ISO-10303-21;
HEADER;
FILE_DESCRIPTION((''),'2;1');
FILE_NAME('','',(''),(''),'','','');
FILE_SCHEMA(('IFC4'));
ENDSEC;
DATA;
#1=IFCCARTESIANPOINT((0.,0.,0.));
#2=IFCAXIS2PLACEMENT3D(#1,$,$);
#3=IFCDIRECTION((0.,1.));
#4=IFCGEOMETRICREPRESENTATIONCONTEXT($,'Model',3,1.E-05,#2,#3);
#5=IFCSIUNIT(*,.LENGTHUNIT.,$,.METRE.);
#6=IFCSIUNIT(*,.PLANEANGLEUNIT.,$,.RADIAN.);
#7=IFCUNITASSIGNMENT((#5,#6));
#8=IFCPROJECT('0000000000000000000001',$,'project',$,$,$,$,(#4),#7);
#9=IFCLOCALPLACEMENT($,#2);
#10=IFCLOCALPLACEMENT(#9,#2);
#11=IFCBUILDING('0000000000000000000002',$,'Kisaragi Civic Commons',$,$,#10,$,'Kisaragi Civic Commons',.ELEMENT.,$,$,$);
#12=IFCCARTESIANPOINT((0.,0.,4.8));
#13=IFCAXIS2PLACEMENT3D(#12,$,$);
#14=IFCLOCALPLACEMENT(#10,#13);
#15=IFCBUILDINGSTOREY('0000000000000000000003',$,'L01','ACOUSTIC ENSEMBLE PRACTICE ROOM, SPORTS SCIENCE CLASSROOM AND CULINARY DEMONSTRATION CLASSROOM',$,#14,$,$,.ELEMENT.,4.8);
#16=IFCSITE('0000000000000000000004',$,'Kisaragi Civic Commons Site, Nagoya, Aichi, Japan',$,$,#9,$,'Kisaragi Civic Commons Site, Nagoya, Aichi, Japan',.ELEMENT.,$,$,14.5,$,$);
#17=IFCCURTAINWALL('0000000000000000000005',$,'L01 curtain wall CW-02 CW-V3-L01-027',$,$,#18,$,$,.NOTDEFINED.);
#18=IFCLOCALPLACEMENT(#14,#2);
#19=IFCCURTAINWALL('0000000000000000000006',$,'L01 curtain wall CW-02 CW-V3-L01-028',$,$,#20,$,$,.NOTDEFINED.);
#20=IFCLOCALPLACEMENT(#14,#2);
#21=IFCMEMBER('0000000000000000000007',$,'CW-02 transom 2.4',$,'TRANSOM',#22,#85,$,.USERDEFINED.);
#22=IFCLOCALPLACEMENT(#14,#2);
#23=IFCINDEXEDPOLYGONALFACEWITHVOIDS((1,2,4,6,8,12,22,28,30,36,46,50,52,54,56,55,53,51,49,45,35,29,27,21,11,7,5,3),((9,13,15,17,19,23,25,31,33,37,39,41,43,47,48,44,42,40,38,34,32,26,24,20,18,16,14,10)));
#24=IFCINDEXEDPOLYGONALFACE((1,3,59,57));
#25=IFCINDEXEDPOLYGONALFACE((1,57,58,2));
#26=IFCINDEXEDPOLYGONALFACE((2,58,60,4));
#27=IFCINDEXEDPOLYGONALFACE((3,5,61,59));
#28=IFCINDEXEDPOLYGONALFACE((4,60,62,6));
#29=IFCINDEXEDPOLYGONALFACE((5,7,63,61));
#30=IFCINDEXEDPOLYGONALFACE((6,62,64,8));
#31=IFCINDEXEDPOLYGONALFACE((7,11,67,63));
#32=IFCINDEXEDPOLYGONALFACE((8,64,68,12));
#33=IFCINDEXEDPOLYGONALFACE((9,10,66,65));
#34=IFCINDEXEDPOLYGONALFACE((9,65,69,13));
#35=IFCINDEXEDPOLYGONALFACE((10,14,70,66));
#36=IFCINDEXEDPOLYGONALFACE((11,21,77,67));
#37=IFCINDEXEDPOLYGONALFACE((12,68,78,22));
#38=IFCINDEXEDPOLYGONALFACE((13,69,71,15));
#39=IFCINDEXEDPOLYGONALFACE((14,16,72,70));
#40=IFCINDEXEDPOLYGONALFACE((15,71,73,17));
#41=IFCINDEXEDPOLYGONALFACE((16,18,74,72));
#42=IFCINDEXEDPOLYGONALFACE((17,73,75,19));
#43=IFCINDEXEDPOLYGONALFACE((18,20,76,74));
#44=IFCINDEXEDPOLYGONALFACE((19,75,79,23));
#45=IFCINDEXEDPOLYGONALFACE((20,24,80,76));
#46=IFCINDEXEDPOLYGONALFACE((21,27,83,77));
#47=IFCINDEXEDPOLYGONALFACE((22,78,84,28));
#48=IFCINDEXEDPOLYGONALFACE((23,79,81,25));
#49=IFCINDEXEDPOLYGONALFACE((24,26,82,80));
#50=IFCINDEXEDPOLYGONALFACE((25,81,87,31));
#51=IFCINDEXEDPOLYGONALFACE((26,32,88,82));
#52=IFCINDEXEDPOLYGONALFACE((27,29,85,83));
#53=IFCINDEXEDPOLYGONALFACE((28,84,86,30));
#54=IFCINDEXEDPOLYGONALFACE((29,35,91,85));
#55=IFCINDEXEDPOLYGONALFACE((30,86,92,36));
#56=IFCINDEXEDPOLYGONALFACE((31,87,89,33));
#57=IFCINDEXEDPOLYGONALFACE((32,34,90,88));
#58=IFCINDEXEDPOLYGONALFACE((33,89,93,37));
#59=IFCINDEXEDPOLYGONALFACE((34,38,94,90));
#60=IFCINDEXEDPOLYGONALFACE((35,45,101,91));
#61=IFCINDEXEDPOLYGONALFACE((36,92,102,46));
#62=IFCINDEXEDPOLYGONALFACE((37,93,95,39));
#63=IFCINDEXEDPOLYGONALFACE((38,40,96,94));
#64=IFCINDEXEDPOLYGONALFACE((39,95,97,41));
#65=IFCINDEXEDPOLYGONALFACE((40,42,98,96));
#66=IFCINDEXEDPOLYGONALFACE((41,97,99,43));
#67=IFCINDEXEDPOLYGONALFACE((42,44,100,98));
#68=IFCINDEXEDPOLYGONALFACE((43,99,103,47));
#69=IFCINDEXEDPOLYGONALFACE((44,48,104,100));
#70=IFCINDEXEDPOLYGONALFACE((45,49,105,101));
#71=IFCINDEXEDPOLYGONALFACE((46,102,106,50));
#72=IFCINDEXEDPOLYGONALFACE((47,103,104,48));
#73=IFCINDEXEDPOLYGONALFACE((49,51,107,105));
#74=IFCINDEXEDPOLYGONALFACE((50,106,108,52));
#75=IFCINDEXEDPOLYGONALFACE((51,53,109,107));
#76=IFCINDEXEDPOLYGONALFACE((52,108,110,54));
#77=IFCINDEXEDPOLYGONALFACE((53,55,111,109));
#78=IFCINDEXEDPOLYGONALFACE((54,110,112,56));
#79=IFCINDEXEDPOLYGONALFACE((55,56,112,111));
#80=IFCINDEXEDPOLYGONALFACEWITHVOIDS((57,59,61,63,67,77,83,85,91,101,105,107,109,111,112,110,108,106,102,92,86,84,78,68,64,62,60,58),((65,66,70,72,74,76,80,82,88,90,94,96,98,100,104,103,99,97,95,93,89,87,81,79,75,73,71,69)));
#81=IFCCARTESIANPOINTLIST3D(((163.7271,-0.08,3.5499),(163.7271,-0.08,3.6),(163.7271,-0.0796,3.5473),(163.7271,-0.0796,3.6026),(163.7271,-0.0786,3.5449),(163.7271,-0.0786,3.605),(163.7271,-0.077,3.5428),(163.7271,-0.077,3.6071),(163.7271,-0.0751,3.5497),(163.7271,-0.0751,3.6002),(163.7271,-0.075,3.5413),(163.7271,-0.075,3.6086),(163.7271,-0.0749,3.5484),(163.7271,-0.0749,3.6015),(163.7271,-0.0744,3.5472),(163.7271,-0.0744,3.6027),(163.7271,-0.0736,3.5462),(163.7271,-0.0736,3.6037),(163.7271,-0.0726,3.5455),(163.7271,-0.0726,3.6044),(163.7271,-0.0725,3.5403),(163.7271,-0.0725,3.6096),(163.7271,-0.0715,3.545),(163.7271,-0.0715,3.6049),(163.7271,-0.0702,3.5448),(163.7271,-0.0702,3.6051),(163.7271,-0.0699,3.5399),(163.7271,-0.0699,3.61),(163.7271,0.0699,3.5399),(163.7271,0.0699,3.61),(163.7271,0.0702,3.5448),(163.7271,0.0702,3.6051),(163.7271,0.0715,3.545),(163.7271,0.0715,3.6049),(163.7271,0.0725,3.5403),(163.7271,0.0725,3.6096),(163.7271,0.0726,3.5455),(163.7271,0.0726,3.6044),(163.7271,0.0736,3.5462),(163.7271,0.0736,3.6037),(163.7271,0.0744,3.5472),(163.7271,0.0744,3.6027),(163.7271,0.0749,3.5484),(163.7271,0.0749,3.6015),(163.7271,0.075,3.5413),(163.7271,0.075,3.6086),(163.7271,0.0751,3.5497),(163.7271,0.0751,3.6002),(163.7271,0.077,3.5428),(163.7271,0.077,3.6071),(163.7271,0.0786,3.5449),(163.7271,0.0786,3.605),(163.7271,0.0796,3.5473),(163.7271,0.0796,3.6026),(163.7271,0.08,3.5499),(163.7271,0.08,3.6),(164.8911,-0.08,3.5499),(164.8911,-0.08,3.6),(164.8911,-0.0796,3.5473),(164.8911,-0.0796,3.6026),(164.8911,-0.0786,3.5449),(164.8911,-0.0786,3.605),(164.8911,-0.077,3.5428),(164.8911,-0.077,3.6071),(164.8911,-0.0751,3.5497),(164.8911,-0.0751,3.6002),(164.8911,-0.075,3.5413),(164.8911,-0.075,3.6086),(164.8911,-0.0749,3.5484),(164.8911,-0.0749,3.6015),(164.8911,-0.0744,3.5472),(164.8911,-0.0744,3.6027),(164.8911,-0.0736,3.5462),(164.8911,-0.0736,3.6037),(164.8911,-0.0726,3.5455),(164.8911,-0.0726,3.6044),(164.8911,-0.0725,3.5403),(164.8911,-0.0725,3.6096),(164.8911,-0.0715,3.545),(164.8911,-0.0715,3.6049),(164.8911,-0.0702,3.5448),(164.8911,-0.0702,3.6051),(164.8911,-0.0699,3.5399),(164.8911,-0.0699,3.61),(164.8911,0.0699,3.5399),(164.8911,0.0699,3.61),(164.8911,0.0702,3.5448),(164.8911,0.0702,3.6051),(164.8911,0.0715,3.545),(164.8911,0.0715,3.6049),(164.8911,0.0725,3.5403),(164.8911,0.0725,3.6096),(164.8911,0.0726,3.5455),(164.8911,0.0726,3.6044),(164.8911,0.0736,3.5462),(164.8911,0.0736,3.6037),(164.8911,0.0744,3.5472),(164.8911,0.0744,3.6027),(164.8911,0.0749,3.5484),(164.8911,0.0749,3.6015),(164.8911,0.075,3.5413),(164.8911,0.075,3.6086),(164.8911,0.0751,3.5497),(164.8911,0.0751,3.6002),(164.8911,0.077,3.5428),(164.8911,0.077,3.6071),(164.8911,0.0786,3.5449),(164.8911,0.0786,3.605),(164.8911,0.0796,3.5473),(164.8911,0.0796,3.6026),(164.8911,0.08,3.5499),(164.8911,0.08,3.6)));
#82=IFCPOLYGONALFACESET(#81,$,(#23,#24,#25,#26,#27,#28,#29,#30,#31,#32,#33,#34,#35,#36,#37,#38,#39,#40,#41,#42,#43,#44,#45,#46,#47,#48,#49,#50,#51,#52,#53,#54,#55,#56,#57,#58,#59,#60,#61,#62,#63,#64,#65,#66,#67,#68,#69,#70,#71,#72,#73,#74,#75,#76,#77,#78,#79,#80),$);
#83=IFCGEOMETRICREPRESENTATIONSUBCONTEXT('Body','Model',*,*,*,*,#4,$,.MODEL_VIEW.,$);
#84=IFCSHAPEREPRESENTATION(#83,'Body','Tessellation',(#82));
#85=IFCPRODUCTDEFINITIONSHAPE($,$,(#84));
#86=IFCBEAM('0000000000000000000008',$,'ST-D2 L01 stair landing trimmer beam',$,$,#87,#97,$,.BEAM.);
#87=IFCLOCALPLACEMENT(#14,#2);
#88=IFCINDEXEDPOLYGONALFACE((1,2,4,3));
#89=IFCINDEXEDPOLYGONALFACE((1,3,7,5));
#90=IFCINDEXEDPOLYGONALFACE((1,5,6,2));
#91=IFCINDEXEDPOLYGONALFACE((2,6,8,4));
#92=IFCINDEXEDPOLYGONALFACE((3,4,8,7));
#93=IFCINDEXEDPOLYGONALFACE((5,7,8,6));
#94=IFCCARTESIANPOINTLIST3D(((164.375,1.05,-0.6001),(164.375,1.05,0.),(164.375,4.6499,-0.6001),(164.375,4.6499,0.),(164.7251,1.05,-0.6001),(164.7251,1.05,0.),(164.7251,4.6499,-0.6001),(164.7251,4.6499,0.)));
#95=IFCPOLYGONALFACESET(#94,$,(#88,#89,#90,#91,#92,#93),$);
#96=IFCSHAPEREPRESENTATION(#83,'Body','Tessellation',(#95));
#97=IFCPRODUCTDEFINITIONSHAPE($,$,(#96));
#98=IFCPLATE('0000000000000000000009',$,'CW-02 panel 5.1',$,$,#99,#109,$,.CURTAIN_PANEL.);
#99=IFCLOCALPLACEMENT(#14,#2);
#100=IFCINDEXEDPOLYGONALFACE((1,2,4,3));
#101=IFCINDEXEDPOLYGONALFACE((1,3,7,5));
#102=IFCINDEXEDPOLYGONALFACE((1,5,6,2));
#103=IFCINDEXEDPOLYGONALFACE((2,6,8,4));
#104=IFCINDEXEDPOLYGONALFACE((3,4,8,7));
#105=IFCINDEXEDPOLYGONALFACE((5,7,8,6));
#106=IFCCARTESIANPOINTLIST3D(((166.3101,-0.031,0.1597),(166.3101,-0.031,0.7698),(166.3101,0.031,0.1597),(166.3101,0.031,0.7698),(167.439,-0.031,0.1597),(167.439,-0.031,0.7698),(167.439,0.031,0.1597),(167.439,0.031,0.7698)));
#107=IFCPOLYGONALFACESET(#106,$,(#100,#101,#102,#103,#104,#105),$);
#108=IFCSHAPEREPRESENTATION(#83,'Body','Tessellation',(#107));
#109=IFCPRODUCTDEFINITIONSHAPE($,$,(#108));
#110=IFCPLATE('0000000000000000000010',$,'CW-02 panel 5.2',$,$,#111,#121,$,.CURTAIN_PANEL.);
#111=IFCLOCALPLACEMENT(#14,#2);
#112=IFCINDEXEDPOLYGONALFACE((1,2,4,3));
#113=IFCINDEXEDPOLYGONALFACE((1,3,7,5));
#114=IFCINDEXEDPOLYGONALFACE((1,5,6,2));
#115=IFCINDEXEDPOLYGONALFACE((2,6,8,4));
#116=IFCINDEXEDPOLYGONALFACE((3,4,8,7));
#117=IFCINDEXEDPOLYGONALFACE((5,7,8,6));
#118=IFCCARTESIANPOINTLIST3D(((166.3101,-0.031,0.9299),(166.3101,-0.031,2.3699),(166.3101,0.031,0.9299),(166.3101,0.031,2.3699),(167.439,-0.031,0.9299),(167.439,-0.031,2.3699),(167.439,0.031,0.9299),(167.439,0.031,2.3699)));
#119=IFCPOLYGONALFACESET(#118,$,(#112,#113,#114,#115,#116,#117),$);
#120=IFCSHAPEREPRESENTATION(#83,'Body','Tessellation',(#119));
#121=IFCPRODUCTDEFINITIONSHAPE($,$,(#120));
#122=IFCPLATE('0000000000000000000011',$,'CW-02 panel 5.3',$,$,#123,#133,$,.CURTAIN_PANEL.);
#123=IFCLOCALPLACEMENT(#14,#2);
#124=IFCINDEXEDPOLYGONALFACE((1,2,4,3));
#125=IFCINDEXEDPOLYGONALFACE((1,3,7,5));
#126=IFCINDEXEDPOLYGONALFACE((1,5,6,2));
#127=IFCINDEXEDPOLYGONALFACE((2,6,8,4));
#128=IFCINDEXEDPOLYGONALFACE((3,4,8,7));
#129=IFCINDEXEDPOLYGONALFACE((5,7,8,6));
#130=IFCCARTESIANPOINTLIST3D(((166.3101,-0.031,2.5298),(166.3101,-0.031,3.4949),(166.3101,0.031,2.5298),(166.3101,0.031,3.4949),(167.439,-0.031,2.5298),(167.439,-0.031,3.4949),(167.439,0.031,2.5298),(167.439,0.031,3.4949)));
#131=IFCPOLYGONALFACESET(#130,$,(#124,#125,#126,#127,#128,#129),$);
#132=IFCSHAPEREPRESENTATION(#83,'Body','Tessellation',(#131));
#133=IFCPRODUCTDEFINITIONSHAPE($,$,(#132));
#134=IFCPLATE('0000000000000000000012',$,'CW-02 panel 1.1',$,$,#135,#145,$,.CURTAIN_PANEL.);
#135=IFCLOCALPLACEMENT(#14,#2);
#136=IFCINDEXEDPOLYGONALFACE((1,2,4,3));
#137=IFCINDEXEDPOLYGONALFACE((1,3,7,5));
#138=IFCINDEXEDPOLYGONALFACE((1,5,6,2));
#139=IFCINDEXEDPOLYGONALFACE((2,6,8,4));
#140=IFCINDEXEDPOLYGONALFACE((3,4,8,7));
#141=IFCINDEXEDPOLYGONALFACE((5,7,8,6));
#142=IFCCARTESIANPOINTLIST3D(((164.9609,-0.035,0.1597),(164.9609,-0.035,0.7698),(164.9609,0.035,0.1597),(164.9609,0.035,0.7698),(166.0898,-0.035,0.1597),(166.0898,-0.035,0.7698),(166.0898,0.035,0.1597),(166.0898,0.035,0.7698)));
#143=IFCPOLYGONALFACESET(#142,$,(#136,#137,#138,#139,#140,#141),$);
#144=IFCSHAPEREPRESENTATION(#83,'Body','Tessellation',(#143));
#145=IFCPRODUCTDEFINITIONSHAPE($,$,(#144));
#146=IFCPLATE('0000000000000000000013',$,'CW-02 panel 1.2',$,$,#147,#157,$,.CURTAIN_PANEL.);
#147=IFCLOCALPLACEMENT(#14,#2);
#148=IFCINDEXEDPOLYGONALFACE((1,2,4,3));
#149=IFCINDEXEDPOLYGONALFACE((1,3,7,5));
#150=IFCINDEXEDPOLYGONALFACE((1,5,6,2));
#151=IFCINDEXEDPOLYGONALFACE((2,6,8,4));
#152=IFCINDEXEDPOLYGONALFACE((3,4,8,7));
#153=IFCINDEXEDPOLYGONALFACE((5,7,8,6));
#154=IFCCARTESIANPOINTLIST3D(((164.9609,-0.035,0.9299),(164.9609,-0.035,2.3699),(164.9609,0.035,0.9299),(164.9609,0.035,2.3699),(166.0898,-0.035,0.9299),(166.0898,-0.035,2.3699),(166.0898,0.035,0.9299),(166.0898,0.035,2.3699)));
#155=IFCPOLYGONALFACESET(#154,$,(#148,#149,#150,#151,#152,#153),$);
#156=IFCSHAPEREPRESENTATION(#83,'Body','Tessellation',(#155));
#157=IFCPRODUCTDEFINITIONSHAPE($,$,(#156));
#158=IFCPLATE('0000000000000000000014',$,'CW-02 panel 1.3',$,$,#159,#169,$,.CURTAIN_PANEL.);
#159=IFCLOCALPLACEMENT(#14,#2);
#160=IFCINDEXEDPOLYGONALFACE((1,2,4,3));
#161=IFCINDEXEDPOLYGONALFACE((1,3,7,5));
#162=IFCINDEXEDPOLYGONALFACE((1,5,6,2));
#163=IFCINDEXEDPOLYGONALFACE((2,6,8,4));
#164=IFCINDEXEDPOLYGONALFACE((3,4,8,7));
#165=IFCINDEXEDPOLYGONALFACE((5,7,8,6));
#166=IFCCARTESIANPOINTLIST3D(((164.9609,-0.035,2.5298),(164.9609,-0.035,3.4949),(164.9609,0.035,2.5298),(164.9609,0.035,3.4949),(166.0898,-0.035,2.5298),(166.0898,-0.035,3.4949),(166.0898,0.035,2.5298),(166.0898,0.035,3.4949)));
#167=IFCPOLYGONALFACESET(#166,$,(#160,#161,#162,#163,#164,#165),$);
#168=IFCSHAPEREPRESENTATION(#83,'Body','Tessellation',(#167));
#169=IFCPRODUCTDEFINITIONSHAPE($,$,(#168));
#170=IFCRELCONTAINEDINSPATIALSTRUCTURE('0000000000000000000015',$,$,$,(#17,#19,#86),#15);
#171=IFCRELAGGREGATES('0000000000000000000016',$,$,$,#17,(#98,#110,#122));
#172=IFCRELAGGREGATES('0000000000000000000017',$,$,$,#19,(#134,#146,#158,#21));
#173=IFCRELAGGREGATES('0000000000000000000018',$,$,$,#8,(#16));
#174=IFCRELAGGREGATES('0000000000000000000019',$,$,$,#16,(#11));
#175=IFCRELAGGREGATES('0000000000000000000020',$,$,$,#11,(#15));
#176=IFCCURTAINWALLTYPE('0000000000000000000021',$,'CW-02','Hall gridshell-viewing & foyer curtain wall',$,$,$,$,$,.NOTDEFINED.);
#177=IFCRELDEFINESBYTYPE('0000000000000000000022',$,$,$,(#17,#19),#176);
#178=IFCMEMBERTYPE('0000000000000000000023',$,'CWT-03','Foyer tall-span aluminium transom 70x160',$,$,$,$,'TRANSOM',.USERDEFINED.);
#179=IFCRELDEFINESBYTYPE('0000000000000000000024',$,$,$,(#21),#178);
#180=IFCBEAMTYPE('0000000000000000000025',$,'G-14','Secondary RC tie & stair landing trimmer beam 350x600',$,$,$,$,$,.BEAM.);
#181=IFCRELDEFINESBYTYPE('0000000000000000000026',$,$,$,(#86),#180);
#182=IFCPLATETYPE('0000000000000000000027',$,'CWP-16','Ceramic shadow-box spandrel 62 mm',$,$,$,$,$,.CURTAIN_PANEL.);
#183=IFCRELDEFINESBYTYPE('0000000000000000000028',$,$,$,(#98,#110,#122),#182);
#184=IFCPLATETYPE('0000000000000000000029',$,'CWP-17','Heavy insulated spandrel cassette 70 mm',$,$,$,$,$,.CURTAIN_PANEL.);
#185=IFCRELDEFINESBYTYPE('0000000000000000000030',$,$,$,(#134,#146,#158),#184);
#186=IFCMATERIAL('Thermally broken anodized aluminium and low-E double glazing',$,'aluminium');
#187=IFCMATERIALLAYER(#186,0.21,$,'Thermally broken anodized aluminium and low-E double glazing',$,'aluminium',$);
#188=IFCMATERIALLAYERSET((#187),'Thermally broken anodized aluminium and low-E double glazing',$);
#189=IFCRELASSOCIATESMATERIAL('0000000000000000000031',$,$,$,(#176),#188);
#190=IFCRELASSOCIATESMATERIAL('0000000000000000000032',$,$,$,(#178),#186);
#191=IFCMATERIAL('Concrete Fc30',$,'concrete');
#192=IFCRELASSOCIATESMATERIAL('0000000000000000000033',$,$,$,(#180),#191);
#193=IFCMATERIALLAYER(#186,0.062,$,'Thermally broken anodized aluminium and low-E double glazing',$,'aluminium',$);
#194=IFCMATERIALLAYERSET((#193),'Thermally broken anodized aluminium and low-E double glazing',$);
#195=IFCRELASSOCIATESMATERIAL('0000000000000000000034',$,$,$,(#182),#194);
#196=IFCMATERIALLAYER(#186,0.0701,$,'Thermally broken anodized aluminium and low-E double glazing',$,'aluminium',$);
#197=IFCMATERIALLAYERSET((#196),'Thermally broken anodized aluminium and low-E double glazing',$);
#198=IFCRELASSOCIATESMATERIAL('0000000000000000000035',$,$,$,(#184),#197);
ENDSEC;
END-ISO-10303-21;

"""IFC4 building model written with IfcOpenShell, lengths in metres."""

from ifc_helpers import new_model, si_unit, direction, frame, origin, origin_2d, place, context, subcontext, project, spatial, rectangle, hollow_rectangle, extrude, material, layer, layer_set, material_profile, profile_set, type_object, element, aggregate, save


model = new_model("IFC4")

# Units and contexts
model_context = context("Model", 3, precision=1e-05, world=origin(), true_north=direction((0.0, 1.0)))
body_context = subcontext(model_context, "Body", "Model", "MODEL_VIEW")
ifc_project = project(units=[si_unit("LENGTHUNIT", "METRE"), si_unit("PLANEANGLEUNIT", "RADIAN")], contexts=[model_context])

# Site, building, storey
site_placement = place(None, origin())
site = spatial("IfcSite", under=ifc_project, at=site_placement, Name="Kisaragi Civic Commons Site, Nagoya, Aichi, Japan", LongName="Kisaragi Civic Commons Site, Nagoya, Aichi, Japan", CompositionType="ELEMENT", RefElevation=14.5)
building_placement = place(site_placement, origin())
building = spatial("IfcBuilding", under=site, at=building_placement, Name="Kisaragi Civic Commons", LongName="Kisaragi Civic Commons", CompositionType="ELEMENT")
storey_placement = place(building_placement, frame((0.0, 0.0, 4.8)))
storey = spatial("IfcBuildingStorey", under=building, at=storey_placement, Name="L01", Description="ACOUSTIC ENSEMBLE PRACTICE ROOM, SPORTS SCIENCE CLASSROOM AND CULINARY DEMONSTRATION CLASSROOM", CompositionType="ELEMENT", Elevation=4.8)

# Curtain wall
ifc_material_1 = material(Name="Thermally broken anodized aluminium and low-E double glazing", Category="aluminium")
ifc_layer_1 = layer(ifc_material_1, 0.21, Name="Thermally broken anodized aluminium and low-E double glazing", Category="aluminium")
ifc_layer_set_1 = layer_set([ifc_layer_1], Name="Thermally broken anodized aluminium and low-E double glazing")
curtain_wall_type = type_object("IfcCurtainWallType", Name="CW-02", Description="Hall gridshell-viewing & foyer curtain wall", PredefinedType="NOTDEFINED", material=ifc_layer_set_1)
curtain_wall_1_placement = place(storey_placement, origin())
curtain_wall_1 = element("IfcCurtainWall", 1, at=curtain_wall_1_placement, inside=storey, type_object=curtain_wall_type, Name="L01 curtain wall CW-02 CW-V3-L01-027", PredefinedType="NOTDEFINED")

# Curtain wall
curtain_wall_2_placement = place(storey_placement, origin())
curtain_wall_2 = element("IfcCurtainWall", 2, at=curtain_wall_2_placement, inside=storey, type_object=curtain_wall_type, Name="L01 curtain wall CW-02 CW-V3-L01-028", PredefinedType="NOTDEFINED")

# Member
ifc_material_profile_1 = material_profile(ifc_material_1, hollow_rectangle(XDim=0.1599, YDim=0.0701, WallThickness=0.0049, InnerFilletRadius=0.0049, OuterFilletRadius=0.01, at=origin_2d()), Name="CWT-70x160x5", Category="aluminium")
ifc_profile_set_1 = profile_set([ifc_material_profile_1], Name="Thermally broken anodized aluminium and low-E double glazing")
member_type_1 = type_object("IfcMemberType", Name="CWT-03", Description="Foyer tall-span aluminium transom 70x160", ElementType="TRANSOM", PredefinedType="USERDEFINED", material=ifc_profile_set_1)
member_1_placement = place(storey_placement, frame((164.8911, 0.0, 3.575), z_axis=(-1.0, 0.0, 0.0), x_axis=(0.0, -1.0, 0.0)))
member_1 = element("IfcMember", 3, at=member_1_placement, type_object=member_type_1, Name="CW-02 transom 2.4", ObjectType="TRANSOM", PredefinedType="USERDEFINED", context=body_context, shape_type="SweptSolid", body=[
    extrude(hollow_rectangle(XDim=0.1599, YDim=0.0701, WallThickness=0.0049, InnerFilletRadius=0.0049, OuterFilletRadius=0.01, at=origin_2d()), origin(), (0.0, 0.0, 1.0), 1.1641),
])

# Beam
ifc_material_2 = material(Name="Concrete Fc30", Category="concrete")
ifc_material_profile_2 = material_profile(ifc_material_2, rectangle(XDim=0.3501, YDim=0.6001, at=origin_2d()), Name="RC-350x600", Category="concrete")
ifc_profile_set_2 = profile_set([ifc_material_profile_2], Name="Concrete Fc30")
beam_type = type_object("IfcBeamType", Name="G-14", Description="Secondary RC tie & stair landing trimmer beam 350x600", PredefinedType="BEAM", material=ifc_profile_set_2)
beam_placement = place(storey_placement, frame((164.55, 1.05, -0.3), z_axis=(0.0, 1.0, 0.0), x_axis=(-1.0, 0.0, 0.0)))
element("IfcBeam", 4, at=beam_placement, inside=storey, type_object=beam_type, Name="ST-D2 L01 stair landing trimmer beam", PredefinedType="BEAM", context=body_context, shape_type="SweptSolid", body=[
    extrude(rectangle(XDim=0.3501, YDim=0.6001, at=origin_2d()), origin(), (0.0, 0.0, 1.0), 3.5999),
])

# Plates
ifc_layer_2 = layer(ifc_material_1, 0.062, Name="Thermally broken anodized aluminium and low-E double glazing", Category="aluminium")
ifc_layer_set_2 = layer_set([ifc_layer_2], Name="Thermally broken anodized aluminium and low-E double glazing")
plate_type_1 = type_object("IfcPlateType", Name="CWP-16", Description="Ceramic shadow-box spandrel 62 mm", PredefinedType="CURTAIN_PANEL", material=ifc_layer_set_2)
plate_1_placement = place(storey_placement, frame((166.8745, 0.0, 0.1597), z_axis=(0.0, 0.0, 1.0), x_axis=(-1.0, 0.0, 0.0)))
plate_1 = element("IfcPlate", 5, at=plate_1_placement, type_object=plate_type_1, Name="CW-02 panel 5.1", PredefinedType="CURTAIN_PANEL", context=body_context, shape_type="SweptSolid", body=[
    extrude(rectangle(XDim=1.1289, YDim=0.062, at=origin_2d()), origin(), (0.0, 0.0, 1.0), 0.6101),
])
plate_2_placement = place(storey_placement, frame((166.8745, 0.0, 0.9299), z_axis=(0.0, 0.0, 1.0), x_axis=(-1.0, 0.0, 0.0)))
plate_2 = element("IfcPlate", 6, at=plate_2_placement, type_object=plate_type_1, Name="CW-02 panel 5.2", PredefinedType="CURTAIN_PANEL", context=body_context, shape_type="SweptSolid", body=[
    extrude(rectangle(XDim=1.1289, YDim=0.062, at=origin_2d()), origin(), (0.0, 0.0, 1.0), 1.4399),
])
plate_3_placement = place(storey_placement, frame((166.8745, 0.0, 2.5298), z_axis=(0.0, 0.0, 1.0), x_axis=(-1.0, 0.0, 0.0)))
plate_3 = element("IfcPlate", 7, at=plate_3_placement, type_object=plate_type_1, Name="CW-02 panel 5.3", PredefinedType="CURTAIN_PANEL", context=body_context, shape_type="SweptSolid", body=[
    extrude(rectangle(XDim=1.1289, YDim=0.062, at=origin_2d()), origin(), (0.0, 0.0, 1.0), 0.9651),
])
aggregate(curtain_wall_1, [plate_1, plate_2, plate_3])
ifc_layer_3 = layer(ifc_material_1, 0.0701, Name="Thermally broken anodized aluminium and low-E double glazing", Category="aluminium")
ifc_layer_set_3 = layer_set([ifc_layer_3], Name="Thermally broken anodized aluminium and low-E double glazing")
plate_type_2 = type_object("IfcPlateType", Name="CWP-17", Description="Heavy insulated spandrel cassette 70 mm", PredefinedType="CURTAIN_PANEL", material=ifc_layer_set_3)
plate_4_placement = place(storey_placement, frame((165.5254, 0.0, 0.1597), z_axis=(0.0, 0.0, 1.0), x_axis=(-1.0, 0.0, 0.0)))
plate_4 = element("IfcPlate", 8, at=plate_4_placement, type_object=plate_type_2, Name="CW-02 panel 1.1", PredefinedType="CURTAIN_PANEL", context=body_context, shape_type="SweptSolid", body=[
    extrude(rectangle(XDim=1.1289, YDim=0.0701, at=origin_2d()), origin(), (0.0, 0.0, 1.0), 0.6101),
])
plate_5_placement = place(storey_placement, frame((165.5254, 0.0, 0.9299), z_axis=(0.0, 0.0, 1.0), x_axis=(-1.0, 0.0, 0.0)))
plate_5 = element("IfcPlate", 9, at=plate_5_placement, type_object=plate_type_2, Name="CW-02 panel 1.2", PredefinedType="CURTAIN_PANEL", context=body_context, shape_type="SweptSolid", body=[
    extrude(rectangle(XDim=1.1289, YDim=0.0701, at=origin_2d()), origin(), (0.0, 0.0, 1.0), 1.4399),
])
plate_6_placement = place(storey_placement, frame((165.5254, 0.0, 2.5298), z_axis=(0.0, 0.0, 1.0), x_axis=(-1.0, 0.0, 0.0)))
plate_6 = element("IfcPlate", 10, at=plate_6_placement, type_object=plate_type_2, Name="CW-02 panel 1.3", PredefinedType="CURTAIN_PANEL", context=body_context, shape_type="SweptSolid", body=[
    extrude(rectangle(XDim=1.1289, YDim=0.0701, at=origin_2d()), origin(), (0.0, 0.0, 1.0), 0.9651),
])
aggregate(curtain_wall_2, [plate_4, plate_5, plate_6, member_1])

save(model, "model.ifc")
